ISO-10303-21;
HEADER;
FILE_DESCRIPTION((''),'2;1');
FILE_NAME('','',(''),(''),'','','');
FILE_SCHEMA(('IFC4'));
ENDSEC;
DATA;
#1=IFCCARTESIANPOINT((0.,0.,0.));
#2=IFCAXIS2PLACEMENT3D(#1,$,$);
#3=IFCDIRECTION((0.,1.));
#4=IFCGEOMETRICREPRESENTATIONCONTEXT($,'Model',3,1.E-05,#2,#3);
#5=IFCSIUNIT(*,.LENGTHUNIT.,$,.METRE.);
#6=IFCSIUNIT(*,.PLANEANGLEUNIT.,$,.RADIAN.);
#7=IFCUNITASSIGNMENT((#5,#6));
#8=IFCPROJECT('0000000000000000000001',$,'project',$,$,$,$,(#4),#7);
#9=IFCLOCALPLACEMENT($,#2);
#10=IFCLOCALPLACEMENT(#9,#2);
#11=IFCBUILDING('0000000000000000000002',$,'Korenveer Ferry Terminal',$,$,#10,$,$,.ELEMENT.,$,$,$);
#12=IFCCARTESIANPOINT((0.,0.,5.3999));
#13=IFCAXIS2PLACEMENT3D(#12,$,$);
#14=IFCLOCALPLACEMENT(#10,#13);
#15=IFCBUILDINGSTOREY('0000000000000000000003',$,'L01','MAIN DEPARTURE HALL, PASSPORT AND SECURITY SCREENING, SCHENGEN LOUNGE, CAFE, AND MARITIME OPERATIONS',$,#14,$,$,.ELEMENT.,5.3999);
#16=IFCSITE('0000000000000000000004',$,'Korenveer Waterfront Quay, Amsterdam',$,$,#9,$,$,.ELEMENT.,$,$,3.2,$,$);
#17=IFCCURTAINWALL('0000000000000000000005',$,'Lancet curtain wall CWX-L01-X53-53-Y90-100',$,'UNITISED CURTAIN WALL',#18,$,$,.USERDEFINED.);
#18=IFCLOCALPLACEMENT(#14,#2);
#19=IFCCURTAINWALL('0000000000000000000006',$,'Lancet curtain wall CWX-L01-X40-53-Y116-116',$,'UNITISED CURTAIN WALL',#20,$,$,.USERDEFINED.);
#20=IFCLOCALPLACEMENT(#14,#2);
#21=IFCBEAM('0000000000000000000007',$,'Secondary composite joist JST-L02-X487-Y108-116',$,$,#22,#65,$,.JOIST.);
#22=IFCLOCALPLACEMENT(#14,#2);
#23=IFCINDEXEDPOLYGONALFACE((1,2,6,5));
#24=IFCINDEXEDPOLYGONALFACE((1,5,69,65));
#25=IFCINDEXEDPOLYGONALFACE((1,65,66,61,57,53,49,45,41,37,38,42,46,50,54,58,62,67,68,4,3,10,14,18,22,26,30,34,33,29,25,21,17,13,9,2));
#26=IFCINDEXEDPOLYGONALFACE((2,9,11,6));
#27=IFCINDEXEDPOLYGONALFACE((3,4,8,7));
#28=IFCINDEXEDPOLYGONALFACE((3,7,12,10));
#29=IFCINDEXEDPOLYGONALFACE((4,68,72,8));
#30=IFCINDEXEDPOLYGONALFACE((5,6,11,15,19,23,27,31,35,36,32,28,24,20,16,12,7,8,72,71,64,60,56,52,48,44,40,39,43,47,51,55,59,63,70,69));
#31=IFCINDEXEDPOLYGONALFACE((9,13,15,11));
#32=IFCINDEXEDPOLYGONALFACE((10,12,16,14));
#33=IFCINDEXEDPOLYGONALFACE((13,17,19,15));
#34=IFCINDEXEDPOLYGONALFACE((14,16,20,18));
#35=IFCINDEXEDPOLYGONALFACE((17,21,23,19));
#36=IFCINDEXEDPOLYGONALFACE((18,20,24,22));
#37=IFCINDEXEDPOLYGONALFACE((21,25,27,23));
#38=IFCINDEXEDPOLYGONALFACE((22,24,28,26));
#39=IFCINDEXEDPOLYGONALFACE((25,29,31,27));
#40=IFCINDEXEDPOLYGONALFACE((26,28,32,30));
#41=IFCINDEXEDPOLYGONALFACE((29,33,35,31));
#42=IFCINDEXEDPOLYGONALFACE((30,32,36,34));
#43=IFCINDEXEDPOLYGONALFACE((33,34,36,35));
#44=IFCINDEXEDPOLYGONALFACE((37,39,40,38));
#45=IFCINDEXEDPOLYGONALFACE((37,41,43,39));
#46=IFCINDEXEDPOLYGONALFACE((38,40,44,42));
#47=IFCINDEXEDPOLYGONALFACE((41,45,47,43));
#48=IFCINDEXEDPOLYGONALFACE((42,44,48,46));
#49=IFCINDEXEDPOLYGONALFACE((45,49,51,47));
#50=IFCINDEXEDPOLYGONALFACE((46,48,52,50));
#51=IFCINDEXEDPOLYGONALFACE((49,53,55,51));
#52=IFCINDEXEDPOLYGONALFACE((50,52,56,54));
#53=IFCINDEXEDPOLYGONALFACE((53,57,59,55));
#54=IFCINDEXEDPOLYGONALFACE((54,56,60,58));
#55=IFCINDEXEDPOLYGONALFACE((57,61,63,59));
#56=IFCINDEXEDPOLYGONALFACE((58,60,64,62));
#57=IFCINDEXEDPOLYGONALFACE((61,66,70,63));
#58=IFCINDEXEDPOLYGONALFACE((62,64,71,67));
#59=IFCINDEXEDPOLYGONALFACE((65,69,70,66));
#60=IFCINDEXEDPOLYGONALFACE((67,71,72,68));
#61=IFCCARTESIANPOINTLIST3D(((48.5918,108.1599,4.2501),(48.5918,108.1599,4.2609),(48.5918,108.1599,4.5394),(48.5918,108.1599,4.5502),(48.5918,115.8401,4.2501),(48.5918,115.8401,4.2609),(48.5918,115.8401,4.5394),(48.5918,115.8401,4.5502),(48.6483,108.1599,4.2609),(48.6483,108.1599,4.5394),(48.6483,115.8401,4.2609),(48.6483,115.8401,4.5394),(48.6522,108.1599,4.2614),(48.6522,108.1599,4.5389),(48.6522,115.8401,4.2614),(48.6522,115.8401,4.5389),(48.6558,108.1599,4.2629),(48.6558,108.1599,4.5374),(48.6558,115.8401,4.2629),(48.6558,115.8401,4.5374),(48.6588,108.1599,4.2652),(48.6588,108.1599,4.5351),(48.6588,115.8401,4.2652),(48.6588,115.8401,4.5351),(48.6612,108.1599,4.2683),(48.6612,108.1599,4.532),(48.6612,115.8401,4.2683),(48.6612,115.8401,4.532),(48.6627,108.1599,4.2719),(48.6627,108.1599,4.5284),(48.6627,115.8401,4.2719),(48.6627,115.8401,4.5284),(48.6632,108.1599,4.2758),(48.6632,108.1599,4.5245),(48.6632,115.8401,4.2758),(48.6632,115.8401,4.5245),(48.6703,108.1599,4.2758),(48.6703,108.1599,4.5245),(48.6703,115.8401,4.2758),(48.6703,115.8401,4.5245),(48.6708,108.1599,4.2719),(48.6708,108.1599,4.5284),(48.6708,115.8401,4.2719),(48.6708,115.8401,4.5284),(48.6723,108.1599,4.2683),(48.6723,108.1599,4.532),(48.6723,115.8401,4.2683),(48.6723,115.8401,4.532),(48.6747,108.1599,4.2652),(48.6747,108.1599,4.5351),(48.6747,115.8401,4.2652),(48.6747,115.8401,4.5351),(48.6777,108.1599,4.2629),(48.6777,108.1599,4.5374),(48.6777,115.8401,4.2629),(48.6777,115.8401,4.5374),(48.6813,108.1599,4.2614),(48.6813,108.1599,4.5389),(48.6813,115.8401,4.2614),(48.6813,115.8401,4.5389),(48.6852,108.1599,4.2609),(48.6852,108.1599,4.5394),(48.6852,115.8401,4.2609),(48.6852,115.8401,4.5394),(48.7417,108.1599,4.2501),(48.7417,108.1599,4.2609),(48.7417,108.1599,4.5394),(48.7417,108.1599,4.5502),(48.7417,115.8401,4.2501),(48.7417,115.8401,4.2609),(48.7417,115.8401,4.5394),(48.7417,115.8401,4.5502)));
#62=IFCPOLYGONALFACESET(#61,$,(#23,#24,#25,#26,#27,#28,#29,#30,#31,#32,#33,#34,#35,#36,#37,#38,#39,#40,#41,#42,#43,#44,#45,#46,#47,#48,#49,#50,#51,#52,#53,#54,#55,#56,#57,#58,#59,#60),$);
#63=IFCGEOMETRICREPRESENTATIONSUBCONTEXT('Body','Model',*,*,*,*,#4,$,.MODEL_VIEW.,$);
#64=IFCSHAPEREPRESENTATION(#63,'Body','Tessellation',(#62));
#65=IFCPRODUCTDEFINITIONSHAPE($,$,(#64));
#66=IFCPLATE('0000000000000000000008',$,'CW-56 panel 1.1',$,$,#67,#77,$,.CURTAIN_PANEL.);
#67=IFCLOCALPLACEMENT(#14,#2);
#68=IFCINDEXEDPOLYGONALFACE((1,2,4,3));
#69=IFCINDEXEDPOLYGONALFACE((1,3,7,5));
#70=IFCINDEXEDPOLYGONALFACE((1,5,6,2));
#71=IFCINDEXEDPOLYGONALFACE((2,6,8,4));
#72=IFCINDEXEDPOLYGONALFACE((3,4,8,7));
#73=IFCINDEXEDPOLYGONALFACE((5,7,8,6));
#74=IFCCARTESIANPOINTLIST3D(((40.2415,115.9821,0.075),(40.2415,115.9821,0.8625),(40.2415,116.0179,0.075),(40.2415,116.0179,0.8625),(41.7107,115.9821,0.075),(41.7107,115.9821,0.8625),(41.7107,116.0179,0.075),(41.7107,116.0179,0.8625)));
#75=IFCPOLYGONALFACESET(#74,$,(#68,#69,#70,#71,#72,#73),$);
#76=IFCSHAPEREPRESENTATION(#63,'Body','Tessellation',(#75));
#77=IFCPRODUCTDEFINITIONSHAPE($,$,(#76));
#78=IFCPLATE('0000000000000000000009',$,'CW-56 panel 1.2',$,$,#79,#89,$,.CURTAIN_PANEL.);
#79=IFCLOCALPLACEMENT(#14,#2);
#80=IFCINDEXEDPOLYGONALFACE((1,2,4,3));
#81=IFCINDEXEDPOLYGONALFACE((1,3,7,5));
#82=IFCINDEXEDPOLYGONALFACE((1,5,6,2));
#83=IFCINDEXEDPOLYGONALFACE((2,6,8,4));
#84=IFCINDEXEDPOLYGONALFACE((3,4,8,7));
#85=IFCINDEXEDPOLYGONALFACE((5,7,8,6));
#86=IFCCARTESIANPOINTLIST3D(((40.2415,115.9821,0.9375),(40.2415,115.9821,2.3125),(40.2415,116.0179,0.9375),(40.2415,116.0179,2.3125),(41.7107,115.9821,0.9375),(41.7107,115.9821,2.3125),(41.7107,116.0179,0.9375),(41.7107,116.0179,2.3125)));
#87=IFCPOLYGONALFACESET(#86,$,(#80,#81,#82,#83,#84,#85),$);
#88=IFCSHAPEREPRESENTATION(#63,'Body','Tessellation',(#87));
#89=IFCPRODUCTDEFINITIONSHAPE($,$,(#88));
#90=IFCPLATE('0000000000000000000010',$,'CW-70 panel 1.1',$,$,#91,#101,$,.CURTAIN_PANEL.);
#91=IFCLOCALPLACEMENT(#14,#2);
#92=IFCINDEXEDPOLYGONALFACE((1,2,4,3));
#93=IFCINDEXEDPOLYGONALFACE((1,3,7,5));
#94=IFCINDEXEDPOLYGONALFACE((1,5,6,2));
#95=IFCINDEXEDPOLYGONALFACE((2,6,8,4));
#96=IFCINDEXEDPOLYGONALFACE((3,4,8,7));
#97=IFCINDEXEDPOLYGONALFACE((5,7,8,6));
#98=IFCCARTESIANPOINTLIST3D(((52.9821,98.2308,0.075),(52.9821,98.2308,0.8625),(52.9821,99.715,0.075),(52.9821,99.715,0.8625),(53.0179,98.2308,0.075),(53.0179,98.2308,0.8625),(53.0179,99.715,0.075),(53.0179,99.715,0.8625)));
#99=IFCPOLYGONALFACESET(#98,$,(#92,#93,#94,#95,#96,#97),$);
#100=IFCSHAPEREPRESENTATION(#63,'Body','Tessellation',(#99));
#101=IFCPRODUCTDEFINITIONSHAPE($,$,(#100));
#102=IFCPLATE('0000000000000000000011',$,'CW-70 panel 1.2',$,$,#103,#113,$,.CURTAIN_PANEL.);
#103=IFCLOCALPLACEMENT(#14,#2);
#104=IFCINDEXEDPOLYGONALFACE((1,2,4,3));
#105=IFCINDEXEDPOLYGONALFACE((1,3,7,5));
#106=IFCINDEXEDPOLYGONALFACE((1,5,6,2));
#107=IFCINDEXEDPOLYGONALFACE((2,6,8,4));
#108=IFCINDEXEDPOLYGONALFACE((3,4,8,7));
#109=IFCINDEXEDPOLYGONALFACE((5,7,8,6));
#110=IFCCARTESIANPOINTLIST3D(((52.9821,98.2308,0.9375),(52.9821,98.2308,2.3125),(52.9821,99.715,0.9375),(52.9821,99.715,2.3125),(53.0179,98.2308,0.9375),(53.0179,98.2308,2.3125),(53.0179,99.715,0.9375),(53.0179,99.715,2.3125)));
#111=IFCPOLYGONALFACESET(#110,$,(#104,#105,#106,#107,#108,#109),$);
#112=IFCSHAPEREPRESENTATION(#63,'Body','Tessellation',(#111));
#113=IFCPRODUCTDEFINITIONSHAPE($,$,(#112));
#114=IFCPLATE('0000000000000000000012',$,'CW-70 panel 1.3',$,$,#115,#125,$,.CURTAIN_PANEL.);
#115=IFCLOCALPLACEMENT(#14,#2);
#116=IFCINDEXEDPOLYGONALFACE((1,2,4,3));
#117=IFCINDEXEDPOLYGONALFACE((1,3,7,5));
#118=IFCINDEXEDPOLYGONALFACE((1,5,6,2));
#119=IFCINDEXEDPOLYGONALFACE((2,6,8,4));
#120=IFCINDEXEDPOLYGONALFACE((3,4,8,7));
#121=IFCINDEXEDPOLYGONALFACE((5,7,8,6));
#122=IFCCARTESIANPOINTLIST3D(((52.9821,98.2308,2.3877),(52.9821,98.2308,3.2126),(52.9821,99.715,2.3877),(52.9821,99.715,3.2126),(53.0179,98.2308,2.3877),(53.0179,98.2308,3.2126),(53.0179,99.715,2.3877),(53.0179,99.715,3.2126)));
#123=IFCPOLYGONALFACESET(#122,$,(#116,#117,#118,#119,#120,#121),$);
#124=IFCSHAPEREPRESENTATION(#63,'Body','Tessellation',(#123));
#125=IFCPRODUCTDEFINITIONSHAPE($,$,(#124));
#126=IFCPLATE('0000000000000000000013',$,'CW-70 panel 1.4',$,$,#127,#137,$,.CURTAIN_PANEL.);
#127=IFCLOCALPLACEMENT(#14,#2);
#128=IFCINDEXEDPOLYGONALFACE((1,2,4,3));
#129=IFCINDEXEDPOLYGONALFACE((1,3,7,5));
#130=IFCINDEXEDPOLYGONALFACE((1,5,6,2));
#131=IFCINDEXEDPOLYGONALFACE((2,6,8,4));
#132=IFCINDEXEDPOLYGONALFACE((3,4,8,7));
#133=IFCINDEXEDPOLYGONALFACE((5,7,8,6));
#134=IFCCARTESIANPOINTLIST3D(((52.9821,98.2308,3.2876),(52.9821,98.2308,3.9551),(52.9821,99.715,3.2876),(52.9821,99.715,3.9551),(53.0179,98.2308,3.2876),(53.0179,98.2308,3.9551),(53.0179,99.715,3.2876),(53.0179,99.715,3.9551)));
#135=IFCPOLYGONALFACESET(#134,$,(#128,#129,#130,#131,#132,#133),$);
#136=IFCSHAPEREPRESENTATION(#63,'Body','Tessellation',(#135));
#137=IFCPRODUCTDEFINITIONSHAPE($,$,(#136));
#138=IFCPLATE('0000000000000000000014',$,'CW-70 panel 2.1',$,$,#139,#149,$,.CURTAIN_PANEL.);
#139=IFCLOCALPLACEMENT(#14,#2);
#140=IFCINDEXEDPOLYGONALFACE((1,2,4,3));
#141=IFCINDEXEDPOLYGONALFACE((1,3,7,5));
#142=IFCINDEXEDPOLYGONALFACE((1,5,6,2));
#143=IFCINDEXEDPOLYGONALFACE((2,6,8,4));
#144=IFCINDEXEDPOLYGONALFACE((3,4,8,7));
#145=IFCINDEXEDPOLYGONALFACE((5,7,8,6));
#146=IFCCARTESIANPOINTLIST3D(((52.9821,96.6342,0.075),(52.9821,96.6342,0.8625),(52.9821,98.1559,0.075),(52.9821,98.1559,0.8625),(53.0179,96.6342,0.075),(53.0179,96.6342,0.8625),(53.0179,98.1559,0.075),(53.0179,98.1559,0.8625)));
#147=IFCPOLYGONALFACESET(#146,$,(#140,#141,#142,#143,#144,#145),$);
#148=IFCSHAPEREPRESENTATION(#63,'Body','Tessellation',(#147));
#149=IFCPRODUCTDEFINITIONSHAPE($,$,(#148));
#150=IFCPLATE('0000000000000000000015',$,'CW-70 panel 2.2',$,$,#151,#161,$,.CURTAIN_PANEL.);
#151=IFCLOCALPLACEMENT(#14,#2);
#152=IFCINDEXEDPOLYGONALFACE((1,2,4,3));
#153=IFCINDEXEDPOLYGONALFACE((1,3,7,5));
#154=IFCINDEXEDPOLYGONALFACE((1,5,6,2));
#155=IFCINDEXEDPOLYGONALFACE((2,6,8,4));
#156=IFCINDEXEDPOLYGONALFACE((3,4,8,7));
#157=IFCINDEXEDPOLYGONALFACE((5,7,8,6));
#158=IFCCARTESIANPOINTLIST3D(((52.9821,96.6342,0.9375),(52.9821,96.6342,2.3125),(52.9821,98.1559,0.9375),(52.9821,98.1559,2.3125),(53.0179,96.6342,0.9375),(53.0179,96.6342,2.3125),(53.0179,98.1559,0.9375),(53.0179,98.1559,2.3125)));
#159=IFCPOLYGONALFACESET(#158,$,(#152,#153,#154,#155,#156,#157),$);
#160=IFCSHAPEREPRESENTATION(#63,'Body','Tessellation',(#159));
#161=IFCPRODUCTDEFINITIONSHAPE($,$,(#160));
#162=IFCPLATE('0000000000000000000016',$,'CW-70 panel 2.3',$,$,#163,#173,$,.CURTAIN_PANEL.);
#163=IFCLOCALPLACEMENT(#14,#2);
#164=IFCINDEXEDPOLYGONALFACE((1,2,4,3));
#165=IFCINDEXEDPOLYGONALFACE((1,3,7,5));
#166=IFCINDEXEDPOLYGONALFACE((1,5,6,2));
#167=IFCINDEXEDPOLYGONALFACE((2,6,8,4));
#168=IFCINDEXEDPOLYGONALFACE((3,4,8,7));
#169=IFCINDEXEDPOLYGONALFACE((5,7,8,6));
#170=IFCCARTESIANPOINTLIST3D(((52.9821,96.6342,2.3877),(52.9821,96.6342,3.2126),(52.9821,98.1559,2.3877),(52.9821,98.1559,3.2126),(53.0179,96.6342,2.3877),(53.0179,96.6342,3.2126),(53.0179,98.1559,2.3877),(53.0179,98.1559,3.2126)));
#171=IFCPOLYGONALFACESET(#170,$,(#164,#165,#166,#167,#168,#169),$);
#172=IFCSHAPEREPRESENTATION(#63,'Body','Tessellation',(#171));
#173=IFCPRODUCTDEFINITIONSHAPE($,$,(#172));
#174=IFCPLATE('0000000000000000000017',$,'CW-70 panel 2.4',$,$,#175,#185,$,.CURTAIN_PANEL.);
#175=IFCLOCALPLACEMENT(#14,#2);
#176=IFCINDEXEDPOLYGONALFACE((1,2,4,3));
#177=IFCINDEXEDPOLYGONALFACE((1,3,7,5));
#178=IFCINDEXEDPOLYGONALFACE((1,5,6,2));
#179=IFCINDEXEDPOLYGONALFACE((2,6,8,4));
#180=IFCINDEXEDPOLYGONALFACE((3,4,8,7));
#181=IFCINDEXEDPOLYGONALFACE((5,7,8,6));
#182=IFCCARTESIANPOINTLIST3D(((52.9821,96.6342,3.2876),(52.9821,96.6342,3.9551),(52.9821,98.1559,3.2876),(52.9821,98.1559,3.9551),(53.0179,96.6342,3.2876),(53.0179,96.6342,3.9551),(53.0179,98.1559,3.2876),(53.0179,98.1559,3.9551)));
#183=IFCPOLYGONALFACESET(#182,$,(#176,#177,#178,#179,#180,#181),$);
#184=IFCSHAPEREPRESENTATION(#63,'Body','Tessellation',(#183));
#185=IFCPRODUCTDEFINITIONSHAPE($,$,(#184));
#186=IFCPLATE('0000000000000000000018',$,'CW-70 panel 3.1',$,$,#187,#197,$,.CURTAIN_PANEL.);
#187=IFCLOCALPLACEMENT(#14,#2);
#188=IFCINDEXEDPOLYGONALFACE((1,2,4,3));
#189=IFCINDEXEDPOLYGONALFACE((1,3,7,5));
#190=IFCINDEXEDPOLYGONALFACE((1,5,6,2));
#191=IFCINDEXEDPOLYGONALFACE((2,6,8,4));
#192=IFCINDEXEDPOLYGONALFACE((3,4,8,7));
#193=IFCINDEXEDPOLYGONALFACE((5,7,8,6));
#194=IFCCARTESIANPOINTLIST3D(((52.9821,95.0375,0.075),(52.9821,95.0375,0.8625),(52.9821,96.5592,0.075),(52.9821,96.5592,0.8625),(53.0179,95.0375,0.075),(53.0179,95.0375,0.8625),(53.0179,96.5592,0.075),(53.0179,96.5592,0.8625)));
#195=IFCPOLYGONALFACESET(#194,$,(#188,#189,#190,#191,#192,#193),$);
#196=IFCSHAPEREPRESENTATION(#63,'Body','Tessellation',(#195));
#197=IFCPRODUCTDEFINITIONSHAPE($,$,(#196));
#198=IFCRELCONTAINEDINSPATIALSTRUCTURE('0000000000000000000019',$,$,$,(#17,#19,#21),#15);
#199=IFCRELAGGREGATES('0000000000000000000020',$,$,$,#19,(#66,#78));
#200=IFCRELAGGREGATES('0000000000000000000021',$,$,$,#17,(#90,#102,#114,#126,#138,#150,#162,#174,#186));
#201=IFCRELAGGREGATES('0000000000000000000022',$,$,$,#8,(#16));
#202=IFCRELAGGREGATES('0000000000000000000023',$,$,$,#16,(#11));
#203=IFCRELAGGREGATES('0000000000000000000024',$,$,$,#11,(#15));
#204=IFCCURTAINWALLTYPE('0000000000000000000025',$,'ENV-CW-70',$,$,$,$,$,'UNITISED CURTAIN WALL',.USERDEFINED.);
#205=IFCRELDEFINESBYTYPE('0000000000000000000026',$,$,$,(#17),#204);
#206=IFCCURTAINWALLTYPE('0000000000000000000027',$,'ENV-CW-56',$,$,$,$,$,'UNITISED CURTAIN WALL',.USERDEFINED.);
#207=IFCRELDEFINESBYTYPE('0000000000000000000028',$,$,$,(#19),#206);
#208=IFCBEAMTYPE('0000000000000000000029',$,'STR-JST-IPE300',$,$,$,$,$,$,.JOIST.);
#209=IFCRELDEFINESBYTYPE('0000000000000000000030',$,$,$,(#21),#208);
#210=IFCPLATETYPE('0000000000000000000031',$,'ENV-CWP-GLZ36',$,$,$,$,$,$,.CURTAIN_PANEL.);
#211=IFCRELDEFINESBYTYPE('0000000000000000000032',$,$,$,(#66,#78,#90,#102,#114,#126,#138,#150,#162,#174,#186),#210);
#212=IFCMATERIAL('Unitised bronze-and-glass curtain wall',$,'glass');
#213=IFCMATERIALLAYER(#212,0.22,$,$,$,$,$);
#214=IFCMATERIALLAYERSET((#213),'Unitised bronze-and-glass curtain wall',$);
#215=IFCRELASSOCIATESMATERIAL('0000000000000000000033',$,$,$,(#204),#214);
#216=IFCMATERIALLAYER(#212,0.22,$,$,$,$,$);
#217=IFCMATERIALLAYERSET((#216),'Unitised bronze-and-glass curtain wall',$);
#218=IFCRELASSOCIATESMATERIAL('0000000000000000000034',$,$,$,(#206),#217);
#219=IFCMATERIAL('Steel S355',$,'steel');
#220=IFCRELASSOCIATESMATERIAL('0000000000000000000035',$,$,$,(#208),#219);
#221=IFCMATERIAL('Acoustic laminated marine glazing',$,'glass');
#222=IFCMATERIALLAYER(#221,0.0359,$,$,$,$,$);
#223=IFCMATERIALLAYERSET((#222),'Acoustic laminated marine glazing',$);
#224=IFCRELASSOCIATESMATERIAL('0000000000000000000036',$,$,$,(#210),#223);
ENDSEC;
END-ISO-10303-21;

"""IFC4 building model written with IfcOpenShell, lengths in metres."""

from ifc_helpers import new_model, si_unit, direction, frame, origin, origin_2d, place, context, subcontext, project, spatial, rectangle, i_section, extrude, material, layer, layer_set, material_profile, profile_set, type_object, element, aggregate, save


model = new_model("IFC4")

# Units and contexts
model_context = context("Model", 3, precision=1e-05, world=origin(), true_north=direction((0.0, 1.0)))
body_context = subcontext(model_context, "Body", "Model", "MODEL_VIEW")
ifc_project = project(units=[si_unit("LENGTHUNIT", "METRE"), si_unit("PLANEANGLEUNIT", "RADIAN")], contexts=[model_context])

# Site, building, storey
site_placement = place(None, origin())
site = spatial("IfcSite", under=ifc_project, at=site_placement, Name="Korenveer Waterfront Quay, Amsterdam", CompositionType="ELEMENT", RefElevation=3.2)
building_placement = place(site_placement, origin())
building = spatial("IfcBuilding", under=site, at=building_placement, Name="Korenveer Ferry Terminal", CompositionType="ELEMENT")
storey_placement = place(building_placement, frame((0.0, 0.0, 5.3999)))
storey = spatial("IfcBuildingStorey", under=building, at=storey_placement, Name="L01", Description="MAIN DEPARTURE HALL, PASSPORT AND SECURITY SCREENING, SCHENGEN LOUNGE, CAFE, AND MARITIME OPERATIONS", CompositionType="ELEMENT", Elevation=5.3999)

# Curtain walls
ifc_material_1 = material(Name="Unitised bronze-and-glass curtain wall", Category="glass")
ifc_layer_1 = layer(ifc_material_1, 0.22)
ifc_layer_set_1 = layer_set([ifc_layer_1], Name="Unitised bronze-and-glass curtain wall")
curtain_wall_type_1 = type_object("IfcCurtainWallType", Name="ENV-CW-70", ElementType="UNITISED CURTAIN WALL", PredefinedType="USERDEFINED", material=ifc_layer_set_1)
curtain_wall_1_placement = place(storey_placement, frame((53.0, 99.79, 0.0)))
curtain_wall_1 = element("IfcCurtainWall", 1, at=curtain_wall_1_placement, inside=storey, type_object=curtain_wall_type_1, Name="Lancet curtain wall CWX-L01-X53-53-Y90-100", ObjectType="UNITISED CURTAIN WALL", PredefinedType="USERDEFINED")
ifc_layer_2 = layer(ifc_material_1, 0.22)
ifc_layer_set_2 = layer_set([ifc_layer_2], Name="Unitised bronze-and-glass curtain wall")
curtain_wall_type_2 = type_object("IfcCurtainWallType", Name="ENV-CW-56", ElementType="UNITISED CURTAIN WALL", PredefinedType="USERDEFINED", material=ifc_layer_set_2)
curtain_wall_2_placement = place(storey_placement, frame((40.1665, 116.0, 0.0)))
curtain_wall_2 = element("IfcCurtainWall", 2, at=curtain_wall_2_placement, inside=storey, type_object=curtain_wall_type_2, Name="Lancet curtain wall CWX-L01-X40-53-Y116-116", ObjectType="UNITISED CURTAIN WALL", PredefinedType="USERDEFINED")

# Beam
ifc_material_2 = material(Name="Steel S355", Category="steel")
ifc_material_profile_1 = material_profile(ifc_material_2, i_section(OverallWidth=0.1499, OverallDepth=0.3, WebThickness=0.0071, FlangeThickness=0.0107, FilletRadius=0.0149, at=origin_2d()), Name="IPE 300")
ifc_profile_set_1 = profile_set([ifc_material_profile_1], Name="Steel S355")
beam_type = type_object("IfcBeamType", Name="STR-JST-IPE300", PredefinedType="JOIST", material=ifc_profile_set_1)
for number, where, z_axis, x_axis, name in (
    (3, (48.6667, 108.1599, 4.4001), (0.0, 1.0, 0.0), (-1.0, 0.0, 0.0), "Secondary composite joist JST-L02-X487-Y108-116"),
):
    element("IfcBeam", number, at=place(storey_placement, frame(where, z_axis=z_axis, x_axis=x_axis)), inside=storey, type_object=beam_type, Name=name, PredefinedType="JOIST", context=body_context, shape_type="SweptSolid", body=[
        extrude(i_section(OverallWidth=0.1499, OverallDepth=0.3, WebThickness=0.0071, FlangeThickness=0.0107, FilletRadius=0.0149, at=origin_2d()), origin(), (0.0, 0.0, 1.0), 7.6802),
    ])

# Plates
ifc_material_3 = material(Name="Acoustic laminated marine glazing", Category="glass")
ifc_layer_3 = layer(ifc_material_3, 0.0359)
ifc_layer_set_3 = layer_set([ifc_layer_3], Name="Acoustic laminated marine glazing")
plate_type = type_object("IfcPlateType", Name="ENV-CWP-GLZ36", PredefinedType="CURTAIN_PANEL", material=ifc_layer_set_3)
plate_1_placement = place(storey_placement, frame((40.9761, 116.0, 0.075), z_axis=(0.0, 0.0, 1.0), x_axis=(1.0, 0.0, 0.0)))
plate_1 = element("IfcPlate", 4, at=plate_1_placement, type_object=plate_type, Name="CW-56 panel 1.1", PredefinedType="CURTAIN_PANEL", context=body_context, shape_type="SweptSolid", body=[
    extrude(rectangle(XDim=1.4692, YDim=0.0359, at=origin_2d()), origin(), (0.0, 0.0, 1.0), 0.7876),
])
plate_2_placement = place(storey_placement, frame((40.9761, 116.0, 0.9375), z_axis=(0.0, 0.0, 1.0), x_axis=(1.0, 0.0, 0.0)))
plate_2 = element("IfcPlate", 5, at=plate_2_placement, type_object=plate_type, Name="CW-56 panel 1.2", PredefinedType="CURTAIN_PANEL", context=body_context, shape_type="SweptSolid", body=[
    extrude(rectangle(XDim=1.4692, YDim=0.0359, at=origin_2d()), origin(), (0.0, 0.0, 1.0), 1.375),
])
aggregate(curtain_wall_2, [plate_1, plate_2])
plate_3_placement = place(storey_placement, frame((53.0, 98.9729, 0.075), z_axis=(0.0, 0.0, 1.0), x_axis=(0.0, -1.0, 0.0)))
plate_3 = element("IfcPlate", 6, at=plate_3_placement, type_object=plate_type, Name="CW-70 panel 1.1", PredefinedType="CURTAIN_PANEL", context=body_context, shape_type="SweptSolid", body=[
    extrude(rectangle(XDim=1.4841, YDim=0.0359, at=origin_2d()), origin(), (0.0, 0.0, 1.0), 0.7876),
])
plate_4_placement = place(storey_placement, frame((53.0, 98.9729, 0.9375), z_axis=(0.0, 0.0, 1.0), x_axis=(0.0, -1.0, 0.0)))
plate_4 = element("IfcPlate", 7, at=plate_4_placement, type_object=plate_type, Name="CW-70 panel 1.2", PredefinedType="CURTAIN_PANEL", context=body_context, shape_type="SweptSolid", body=[
    extrude(rectangle(XDim=1.4841, YDim=0.0359, at=origin_2d()), origin(), (0.0, 0.0, 1.0), 1.375),
])
plate_5_placement = place(storey_placement, frame((53.0, 98.9729, 2.3877), z_axis=(0.0, 0.0, 1.0), x_axis=(0.0, -1.0, 0.0)))
plate_5 = element("IfcPlate", 8, at=plate_5_placement, type_object=plate_type, Name="CW-70 panel 1.3", PredefinedType="CURTAIN_PANEL", context=body_context, shape_type="SweptSolid", body=[
    extrude(rectangle(XDim=1.4841, YDim=0.0359, at=origin_2d()), origin(), (0.0, 0.0, 1.0), 0.825),
])
plate_6_placement = place(storey_placement, frame((53.0, 98.9729, 3.2876), z_axis=(0.0, 0.0, 1.0), x_axis=(0.0, -1.0, 0.0)))
plate_6 = element("IfcPlate", 9, at=plate_6_placement, type_object=plate_type, Name="CW-70 panel 1.4", PredefinedType="CURTAIN_PANEL", context=body_context, shape_type="SweptSolid", body=[
    extrude(rectangle(XDim=1.4841, YDim=0.0359, at=origin_2d()), origin(), (0.0, 0.0, 1.0), 0.6675),
])
plate_7_placement = place(storey_placement, frame((53.0, 97.395, 0.075), z_axis=(0.0, 0.0, 1.0), x_axis=(0.0, -1.0, 0.0)))
plate_7 = element("IfcPlate", 10, at=plate_7_placement, type_object=plate_type, Name="CW-70 panel 2.1", PredefinedType="CURTAIN_PANEL", context=body_context, shape_type="SweptSolid", body=[
    extrude(rectangle(XDim=1.5217, YDim=0.0359, at=origin_2d()), origin(), (0.0, 0.0, 1.0), 0.7876),
])
plate_8_placement = place(storey_placement, frame((53.0, 97.395, 0.9375), z_axis=(0.0, 0.0, 1.0), x_axis=(0.0, -1.0, 0.0)))
plate_8 = element("IfcPlate", 11, at=plate_8_placement, type_object=plate_type, Name="CW-70 panel 2.2", PredefinedType="CURTAIN_PANEL", context=body_context, shape_type="SweptSolid", body=[
    extrude(rectangle(XDim=1.5217, YDim=0.0359, at=origin_2d()), origin(), (0.0, 0.0, 1.0), 1.375),
])
plate_9_placement = place(storey_placement, frame((53.0, 97.395, 2.3877), z_axis=(0.0, 0.0, 1.0), x_axis=(0.0, -1.0, 0.0)))
plate_9 = element("IfcPlate", 12, at=plate_9_placement, type_object=plate_type, Name="CW-70 panel 2.3", PredefinedType="CURTAIN_PANEL", context=body_context, shape_type="SweptSolid", body=[
    extrude(rectangle(XDim=1.5217, YDim=0.0359, at=origin_2d()), origin(), (0.0, 0.0, 1.0), 0.825),
])
plate_10_placement = place(storey_placement, frame((53.0, 97.395, 3.2876), z_axis=(0.0, 0.0, 1.0), x_axis=(0.0, -1.0, 0.0)))
plate_10 = element("IfcPlate", 13, at=plate_10_placement, type_object=plate_type, Name="CW-70 panel 2.4", PredefinedType="CURTAIN_PANEL", context=body_context, shape_type="SweptSolid", body=[
    extrude(rectangle(XDim=1.5217, YDim=0.0359, at=origin_2d()), origin(), (0.0, 0.0, 1.0), 0.6675),
])
plate_11_placement = place(storey_placement, frame((53.0, 95.7983, 0.075), z_axis=(0.0, 0.0, 1.0), x_axis=(0.0, -1.0, 0.0)))
plate_11 = element("IfcPlate", 14, at=plate_11_placement, type_object=plate_type, Name="CW-70 panel 3.1", PredefinedType="CURTAIN_PANEL", context=body_context, shape_type="SweptSolid", body=[
    extrude(rectangle(XDim=1.5217, YDim=0.0359, at=origin_2d()), origin(), (0.0, 0.0, 1.0), 0.7876),
])
aggregate(curtain_wall_1, [plate_3, plate_4, plate_5, plate_6, plate_7, plate_8, plate_9, plate_10, plate_11])

save(model, "model.ifc")
